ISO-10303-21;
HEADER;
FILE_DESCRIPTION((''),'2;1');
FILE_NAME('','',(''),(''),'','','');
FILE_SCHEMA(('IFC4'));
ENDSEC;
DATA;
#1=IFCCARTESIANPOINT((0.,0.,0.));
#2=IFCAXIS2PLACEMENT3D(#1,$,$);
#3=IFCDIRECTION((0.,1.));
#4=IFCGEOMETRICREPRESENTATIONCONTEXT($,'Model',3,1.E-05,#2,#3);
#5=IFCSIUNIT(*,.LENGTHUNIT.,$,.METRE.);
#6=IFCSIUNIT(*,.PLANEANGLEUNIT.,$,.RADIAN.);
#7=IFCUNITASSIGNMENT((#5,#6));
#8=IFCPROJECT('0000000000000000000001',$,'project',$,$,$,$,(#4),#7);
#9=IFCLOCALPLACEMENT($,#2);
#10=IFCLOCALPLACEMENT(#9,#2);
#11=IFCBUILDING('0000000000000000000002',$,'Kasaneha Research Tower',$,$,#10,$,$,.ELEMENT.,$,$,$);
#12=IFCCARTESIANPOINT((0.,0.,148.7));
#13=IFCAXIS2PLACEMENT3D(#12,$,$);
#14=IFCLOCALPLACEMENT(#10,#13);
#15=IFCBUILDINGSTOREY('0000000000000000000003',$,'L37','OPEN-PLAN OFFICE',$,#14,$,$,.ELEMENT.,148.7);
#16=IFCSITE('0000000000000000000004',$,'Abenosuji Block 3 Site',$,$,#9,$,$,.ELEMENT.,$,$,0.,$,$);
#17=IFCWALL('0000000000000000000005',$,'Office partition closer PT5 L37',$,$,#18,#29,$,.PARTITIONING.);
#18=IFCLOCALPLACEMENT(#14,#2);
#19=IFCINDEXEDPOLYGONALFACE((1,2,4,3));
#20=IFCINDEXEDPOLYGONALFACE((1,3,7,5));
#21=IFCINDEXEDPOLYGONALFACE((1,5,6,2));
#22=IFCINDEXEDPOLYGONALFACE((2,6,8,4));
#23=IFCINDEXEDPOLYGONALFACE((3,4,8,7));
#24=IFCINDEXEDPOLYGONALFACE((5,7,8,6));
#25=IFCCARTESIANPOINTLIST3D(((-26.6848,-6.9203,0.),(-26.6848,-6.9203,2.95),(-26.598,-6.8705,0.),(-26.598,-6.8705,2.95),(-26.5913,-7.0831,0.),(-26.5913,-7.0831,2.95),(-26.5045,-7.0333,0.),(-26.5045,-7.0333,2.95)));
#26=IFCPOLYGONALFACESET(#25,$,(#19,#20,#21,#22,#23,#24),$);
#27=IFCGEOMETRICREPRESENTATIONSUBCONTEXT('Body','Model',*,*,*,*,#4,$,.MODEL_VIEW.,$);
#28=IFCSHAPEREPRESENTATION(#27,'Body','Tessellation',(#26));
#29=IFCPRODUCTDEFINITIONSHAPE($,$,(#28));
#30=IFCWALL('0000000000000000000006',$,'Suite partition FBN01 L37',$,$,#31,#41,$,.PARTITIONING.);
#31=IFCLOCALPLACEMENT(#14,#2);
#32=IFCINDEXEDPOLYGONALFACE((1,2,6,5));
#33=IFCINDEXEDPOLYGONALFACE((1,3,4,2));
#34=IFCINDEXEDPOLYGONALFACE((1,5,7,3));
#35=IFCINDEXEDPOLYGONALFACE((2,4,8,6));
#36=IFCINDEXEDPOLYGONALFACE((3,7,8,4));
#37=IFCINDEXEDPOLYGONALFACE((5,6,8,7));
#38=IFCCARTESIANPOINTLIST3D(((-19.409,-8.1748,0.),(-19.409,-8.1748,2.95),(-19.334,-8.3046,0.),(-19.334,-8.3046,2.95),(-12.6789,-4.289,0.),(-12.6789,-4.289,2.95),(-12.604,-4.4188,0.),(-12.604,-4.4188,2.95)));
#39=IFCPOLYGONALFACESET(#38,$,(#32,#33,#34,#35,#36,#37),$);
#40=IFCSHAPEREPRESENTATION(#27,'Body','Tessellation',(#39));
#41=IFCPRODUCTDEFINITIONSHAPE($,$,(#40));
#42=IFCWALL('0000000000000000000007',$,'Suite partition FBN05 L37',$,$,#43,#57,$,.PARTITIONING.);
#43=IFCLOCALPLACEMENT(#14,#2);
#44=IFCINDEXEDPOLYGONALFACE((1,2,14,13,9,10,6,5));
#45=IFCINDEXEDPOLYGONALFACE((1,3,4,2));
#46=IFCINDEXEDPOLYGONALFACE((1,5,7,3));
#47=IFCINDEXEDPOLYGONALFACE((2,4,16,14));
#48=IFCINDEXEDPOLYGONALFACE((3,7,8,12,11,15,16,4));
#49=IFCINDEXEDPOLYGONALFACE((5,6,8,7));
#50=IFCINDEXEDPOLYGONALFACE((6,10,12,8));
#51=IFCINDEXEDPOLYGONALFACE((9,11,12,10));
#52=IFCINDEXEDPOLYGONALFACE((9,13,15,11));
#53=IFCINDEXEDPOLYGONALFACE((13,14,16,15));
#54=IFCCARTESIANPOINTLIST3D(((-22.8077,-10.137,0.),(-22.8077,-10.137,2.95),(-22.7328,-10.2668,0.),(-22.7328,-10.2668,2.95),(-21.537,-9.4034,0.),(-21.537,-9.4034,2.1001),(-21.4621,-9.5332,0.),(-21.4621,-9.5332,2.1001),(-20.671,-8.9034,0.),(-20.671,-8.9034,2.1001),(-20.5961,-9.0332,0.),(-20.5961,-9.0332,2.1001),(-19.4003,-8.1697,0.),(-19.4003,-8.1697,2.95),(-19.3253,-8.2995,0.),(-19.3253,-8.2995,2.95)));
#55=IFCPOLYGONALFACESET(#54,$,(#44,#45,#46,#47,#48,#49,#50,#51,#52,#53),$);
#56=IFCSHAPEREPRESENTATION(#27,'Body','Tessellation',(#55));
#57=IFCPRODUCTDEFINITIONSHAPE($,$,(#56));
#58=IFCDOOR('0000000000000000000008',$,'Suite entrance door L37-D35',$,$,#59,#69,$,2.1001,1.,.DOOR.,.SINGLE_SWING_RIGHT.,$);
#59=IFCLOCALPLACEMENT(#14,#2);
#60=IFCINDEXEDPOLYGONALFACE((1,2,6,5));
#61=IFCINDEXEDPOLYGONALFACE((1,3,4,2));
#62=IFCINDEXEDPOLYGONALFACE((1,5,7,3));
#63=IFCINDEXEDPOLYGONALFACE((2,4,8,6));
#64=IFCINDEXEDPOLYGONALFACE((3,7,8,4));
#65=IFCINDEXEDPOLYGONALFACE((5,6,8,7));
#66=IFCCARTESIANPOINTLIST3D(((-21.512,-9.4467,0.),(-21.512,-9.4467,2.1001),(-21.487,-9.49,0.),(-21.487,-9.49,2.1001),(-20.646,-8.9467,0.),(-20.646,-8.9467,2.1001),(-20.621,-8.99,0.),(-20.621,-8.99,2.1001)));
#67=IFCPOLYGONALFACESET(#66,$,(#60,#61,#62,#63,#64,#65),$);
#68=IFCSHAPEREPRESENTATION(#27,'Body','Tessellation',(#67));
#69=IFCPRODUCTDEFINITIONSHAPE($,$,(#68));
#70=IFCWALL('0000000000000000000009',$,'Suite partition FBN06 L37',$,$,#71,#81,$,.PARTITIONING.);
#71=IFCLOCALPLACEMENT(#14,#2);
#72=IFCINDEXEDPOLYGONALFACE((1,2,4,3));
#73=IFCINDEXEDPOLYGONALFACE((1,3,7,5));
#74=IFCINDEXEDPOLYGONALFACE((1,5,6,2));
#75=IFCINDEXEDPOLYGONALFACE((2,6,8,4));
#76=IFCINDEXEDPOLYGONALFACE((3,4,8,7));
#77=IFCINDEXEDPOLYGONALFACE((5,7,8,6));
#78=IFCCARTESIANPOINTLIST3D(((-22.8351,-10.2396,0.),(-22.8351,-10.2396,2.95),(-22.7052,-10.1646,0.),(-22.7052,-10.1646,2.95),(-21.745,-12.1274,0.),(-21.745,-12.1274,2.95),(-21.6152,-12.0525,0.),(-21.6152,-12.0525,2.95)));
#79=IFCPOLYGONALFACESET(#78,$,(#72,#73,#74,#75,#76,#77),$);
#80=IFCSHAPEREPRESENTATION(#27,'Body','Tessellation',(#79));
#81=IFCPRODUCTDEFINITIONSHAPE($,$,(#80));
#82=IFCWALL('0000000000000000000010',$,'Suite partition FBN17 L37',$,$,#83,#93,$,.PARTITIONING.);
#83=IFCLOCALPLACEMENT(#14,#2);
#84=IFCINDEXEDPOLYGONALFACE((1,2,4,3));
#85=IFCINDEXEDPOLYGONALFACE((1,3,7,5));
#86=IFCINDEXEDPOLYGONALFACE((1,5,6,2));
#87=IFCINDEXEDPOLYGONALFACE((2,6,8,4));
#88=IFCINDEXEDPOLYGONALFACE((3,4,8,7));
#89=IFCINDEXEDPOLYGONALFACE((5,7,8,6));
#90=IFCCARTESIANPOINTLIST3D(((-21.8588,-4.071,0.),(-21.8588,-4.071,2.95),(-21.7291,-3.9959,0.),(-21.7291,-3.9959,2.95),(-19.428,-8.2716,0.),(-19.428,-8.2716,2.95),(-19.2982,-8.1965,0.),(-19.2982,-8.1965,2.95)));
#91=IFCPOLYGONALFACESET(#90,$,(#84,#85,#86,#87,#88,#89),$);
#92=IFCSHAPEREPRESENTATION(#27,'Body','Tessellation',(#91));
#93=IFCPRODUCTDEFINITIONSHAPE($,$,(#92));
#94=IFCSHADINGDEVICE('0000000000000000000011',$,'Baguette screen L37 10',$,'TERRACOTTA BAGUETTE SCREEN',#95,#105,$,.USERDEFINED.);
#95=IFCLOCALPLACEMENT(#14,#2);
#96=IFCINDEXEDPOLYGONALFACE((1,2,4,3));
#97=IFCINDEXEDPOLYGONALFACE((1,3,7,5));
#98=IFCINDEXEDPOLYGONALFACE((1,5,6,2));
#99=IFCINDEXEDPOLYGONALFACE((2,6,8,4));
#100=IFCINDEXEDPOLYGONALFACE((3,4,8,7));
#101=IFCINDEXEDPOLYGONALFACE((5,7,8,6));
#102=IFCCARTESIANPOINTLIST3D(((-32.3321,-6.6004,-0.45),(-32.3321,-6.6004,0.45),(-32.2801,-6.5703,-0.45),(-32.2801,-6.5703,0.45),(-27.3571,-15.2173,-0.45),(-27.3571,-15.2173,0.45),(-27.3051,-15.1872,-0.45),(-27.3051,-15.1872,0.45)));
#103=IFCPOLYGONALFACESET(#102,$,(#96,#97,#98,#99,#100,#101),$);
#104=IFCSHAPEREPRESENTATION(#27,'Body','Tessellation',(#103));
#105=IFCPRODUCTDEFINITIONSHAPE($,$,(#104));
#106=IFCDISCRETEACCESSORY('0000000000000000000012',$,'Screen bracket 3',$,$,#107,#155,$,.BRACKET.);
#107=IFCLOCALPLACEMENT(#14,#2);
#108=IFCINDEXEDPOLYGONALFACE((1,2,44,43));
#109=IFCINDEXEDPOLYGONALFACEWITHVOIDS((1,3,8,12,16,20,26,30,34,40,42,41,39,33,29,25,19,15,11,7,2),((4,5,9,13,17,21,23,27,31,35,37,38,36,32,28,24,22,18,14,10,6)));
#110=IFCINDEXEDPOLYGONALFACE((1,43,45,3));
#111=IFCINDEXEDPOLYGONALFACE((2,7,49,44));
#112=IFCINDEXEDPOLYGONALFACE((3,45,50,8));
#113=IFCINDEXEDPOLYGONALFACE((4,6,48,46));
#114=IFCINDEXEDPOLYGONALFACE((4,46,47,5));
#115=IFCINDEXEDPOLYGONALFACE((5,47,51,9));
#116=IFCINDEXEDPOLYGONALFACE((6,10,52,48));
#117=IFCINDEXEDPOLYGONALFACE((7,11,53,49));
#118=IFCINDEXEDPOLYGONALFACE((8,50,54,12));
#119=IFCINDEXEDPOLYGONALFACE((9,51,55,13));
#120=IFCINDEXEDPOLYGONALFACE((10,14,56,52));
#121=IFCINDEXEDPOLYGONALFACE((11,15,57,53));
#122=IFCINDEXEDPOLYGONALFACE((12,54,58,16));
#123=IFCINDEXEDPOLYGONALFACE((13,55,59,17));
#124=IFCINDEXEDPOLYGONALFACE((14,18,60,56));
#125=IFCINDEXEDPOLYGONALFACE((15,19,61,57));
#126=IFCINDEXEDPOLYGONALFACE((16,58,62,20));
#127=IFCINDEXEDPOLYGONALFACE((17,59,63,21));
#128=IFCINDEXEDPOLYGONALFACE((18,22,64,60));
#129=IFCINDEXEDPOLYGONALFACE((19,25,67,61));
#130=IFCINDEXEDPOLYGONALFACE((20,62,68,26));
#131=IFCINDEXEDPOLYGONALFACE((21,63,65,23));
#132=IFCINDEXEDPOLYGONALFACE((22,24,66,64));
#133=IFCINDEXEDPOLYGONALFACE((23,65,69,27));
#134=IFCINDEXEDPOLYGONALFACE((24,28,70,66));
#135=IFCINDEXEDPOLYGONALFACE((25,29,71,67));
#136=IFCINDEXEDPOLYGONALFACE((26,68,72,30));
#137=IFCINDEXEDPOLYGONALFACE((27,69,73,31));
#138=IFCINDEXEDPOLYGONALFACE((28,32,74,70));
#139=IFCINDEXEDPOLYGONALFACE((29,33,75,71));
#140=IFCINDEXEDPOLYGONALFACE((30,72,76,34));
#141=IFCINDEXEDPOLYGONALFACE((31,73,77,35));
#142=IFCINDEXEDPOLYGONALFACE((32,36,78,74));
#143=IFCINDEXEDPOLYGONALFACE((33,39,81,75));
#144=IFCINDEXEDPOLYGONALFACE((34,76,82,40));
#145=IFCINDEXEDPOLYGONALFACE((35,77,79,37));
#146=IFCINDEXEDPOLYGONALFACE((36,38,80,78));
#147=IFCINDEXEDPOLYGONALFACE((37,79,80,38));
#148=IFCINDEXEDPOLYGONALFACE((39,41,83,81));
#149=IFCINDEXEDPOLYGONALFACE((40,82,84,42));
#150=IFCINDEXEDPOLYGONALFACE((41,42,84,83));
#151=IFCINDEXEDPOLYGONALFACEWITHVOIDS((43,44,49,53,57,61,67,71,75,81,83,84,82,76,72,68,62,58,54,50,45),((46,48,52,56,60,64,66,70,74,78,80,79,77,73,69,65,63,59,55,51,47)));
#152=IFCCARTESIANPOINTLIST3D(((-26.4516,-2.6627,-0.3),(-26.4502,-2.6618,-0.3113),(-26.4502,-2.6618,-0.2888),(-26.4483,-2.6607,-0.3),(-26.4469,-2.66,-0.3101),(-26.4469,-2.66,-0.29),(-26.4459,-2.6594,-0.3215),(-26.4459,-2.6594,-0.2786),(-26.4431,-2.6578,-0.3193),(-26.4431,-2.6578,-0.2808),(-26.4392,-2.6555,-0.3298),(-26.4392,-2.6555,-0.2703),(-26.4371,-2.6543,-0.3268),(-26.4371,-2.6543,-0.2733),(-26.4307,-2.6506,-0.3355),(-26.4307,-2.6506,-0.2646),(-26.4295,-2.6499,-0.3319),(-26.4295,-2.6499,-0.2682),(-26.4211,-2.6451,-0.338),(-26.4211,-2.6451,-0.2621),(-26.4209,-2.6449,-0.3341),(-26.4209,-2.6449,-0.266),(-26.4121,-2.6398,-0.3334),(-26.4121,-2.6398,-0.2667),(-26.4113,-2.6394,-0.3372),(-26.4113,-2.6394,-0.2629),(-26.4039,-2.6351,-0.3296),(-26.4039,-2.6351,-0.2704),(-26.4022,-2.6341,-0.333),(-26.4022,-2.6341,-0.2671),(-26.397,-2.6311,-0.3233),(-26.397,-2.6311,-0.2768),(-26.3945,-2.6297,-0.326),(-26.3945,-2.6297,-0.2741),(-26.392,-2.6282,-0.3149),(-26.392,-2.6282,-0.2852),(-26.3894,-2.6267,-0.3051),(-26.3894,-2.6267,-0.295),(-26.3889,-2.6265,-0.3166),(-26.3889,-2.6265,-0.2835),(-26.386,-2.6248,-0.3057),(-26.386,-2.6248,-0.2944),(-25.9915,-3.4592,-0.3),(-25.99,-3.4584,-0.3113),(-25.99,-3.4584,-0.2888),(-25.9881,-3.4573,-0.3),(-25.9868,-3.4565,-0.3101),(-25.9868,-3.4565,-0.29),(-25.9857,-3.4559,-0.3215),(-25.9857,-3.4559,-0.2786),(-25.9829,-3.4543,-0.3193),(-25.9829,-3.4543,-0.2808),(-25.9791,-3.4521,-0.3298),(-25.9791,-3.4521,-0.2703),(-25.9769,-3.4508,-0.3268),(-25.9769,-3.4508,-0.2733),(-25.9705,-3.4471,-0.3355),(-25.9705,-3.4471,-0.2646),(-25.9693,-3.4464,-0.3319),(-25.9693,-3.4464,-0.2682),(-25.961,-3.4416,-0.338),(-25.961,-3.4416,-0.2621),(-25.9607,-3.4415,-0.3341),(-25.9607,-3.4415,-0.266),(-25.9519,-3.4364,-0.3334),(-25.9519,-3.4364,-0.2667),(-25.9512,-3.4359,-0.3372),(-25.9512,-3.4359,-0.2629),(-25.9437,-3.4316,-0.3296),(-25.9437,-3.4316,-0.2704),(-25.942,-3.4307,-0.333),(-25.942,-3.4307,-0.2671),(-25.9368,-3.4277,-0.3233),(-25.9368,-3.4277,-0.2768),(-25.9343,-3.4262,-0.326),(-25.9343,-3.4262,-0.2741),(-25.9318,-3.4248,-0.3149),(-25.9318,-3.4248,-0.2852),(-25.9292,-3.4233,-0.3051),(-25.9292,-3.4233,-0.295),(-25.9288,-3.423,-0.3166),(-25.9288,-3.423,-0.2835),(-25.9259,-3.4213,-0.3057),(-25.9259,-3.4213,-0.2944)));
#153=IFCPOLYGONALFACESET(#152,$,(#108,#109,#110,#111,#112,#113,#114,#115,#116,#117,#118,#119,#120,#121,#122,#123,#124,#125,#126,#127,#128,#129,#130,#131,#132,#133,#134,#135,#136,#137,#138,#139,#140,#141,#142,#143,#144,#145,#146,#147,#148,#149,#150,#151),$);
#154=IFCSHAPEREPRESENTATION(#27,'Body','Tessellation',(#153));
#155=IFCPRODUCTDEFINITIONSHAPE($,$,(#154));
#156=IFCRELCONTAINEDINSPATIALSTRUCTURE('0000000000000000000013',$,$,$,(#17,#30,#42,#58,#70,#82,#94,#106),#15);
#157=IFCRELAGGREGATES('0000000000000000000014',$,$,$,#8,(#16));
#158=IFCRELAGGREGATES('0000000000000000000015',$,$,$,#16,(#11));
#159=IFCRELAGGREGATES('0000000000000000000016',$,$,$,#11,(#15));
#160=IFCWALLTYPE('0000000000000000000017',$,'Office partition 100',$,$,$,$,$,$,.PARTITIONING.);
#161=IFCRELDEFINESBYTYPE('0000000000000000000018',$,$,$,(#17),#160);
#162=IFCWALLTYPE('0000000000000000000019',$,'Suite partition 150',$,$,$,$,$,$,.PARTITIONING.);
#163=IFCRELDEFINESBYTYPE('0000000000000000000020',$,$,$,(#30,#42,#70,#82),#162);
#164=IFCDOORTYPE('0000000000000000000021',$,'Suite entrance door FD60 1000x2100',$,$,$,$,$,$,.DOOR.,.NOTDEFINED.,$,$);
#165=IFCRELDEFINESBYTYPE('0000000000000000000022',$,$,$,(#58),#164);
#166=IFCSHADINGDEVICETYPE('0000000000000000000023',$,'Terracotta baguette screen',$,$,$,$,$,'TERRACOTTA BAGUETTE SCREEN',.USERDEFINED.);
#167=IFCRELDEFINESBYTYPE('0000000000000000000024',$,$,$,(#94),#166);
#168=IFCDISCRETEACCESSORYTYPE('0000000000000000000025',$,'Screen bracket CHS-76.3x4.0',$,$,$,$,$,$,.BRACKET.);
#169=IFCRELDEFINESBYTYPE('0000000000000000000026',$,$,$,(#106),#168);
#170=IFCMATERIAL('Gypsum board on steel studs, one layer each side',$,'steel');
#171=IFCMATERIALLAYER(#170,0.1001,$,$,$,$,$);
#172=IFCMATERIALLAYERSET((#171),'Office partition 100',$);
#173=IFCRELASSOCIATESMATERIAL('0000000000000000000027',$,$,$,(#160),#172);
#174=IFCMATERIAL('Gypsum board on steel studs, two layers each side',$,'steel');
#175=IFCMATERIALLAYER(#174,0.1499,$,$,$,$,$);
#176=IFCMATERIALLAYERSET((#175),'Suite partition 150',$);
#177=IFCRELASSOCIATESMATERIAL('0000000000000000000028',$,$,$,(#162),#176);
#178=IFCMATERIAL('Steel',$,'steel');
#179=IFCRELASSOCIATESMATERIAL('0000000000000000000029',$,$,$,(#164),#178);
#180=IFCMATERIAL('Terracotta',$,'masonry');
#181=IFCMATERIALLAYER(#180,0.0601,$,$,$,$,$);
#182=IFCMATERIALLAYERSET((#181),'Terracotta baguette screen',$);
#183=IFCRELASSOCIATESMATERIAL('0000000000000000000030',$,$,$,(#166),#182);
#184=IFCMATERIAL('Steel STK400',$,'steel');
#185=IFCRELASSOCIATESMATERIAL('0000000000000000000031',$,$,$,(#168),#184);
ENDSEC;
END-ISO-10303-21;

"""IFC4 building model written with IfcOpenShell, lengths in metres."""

from ifc_helpers import new_model, si_unit, direction, frame, frame_2d, origin, origin_2d, place, context, subcontext, project, spatial, rectangle, hollow_circle, extrude, material, layer, layer_set, material_profile, profile_set, type_object, element, fill, save


model = new_model("IFC4")

# Units and contexts
model_context = context("Model", 3, precision=1e-05, world=origin(), true_north=direction((0.0, 1.0)))
body_context = subcontext(model_context, "Body", "Model", "MODEL_VIEW")
ifc_project = project(units=[si_unit("LENGTHUNIT", "METRE"), si_unit("PLANEANGLEUNIT", "RADIAN")], contexts=[model_context])

# Site, building, storey
site_placement = place(None, origin())
site = spatial("IfcSite", under=ifc_project, at=site_placement, Name="Abenosuji Block 3 Site", CompositionType="ELEMENT", RefElevation=0.0)
building_placement = place(site_placement, origin())
building = spatial("IfcBuilding", under=site, at=building_placement, Name="Kasaneha Research Tower", CompositionType="ELEMENT")
storey_placement = place(building_placement, frame((0.0, 0.0, 148.7)))
storey = spatial("IfcBuildingStorey", under=building, at=storey_placement, Name="L37", Description="OPEN-PLAN OFFICE", CompositionType="ELEMENT", Elevation=148.7)

# Shared definitions
ifc_material_1 = material(Name="Gypsum board on steel studs, one layer each side", Category="steel")
ifc_layer_1 = layer(ifc_material_1, 0.1001)
ifc_layer_set_1 = layer_set([ifc_layer_1], Name="Office partition 100")
wall_type_1 = type_object("IfcWallType", Name="Office partition 100", PredefinedType="PARTITIONING", material=ifc_layer_set_1)

# Walls
wall_1_placement = place(storey_placement, frame((-26.6414, -6.8955, 0.0), z_axis=(0.0, 0.0, 1.0), x_axis=(0.497958, -0.867201, 0.0)))
element("IfcWall", 1, at=wall_1_placement, inside=storey, type_object=wall_type_1, Name="Office partition closer PT5 L37", PredefinedType="PARTITIONING", context=body_context, shape_type="SweptSolid", body=[
    extrude(rectangle(XDim=0.1877, YDim=0.1001, at=frame_2d((0.0938, 0.0))), origin(), (0.0, 0.0, 1.0), 2.95),
])
ifc_material_2 = material(Name="Gypsum board on steel studs, two layers each side", Category="steel")
ifc_layer_2 = layer(ifc_material_2, 0.1499)
ifc_layer_set_2 = layer_set([ifc_layer_2], Name="Suite partition 150")
wall_type_2 = type_object("IfcWallType", Name="Suite partition 150", PredefinedType="PARTITIONING", material=ifc_layer_set_2)
wall_2_placement = place(storey_placement, frame((-19.3716, -8.2397, 0.0), z_axis=(0.0, 0.0, 1.0), x_axis=(0.866015, 0.500018, 0.0)))
element("IfcWall", 2, at=wall_2_placement, inside=storey, type_object=wall_type_2, Name="Suite partition FBN01 L37", PredefinedType="PARTITIONING", context=body_context, shape_type="SweptSolid", body=[
    extrude(rectangle(XDim=7.7712, YDim=0.1499, at=frame_2d((3.8857, 0.0))), origin(), (0.0, 0.0, 1.0), 2.95),
])

# Wall, opening, door
wall_3_placement = place(storey_placement, frame((-22.7703, -10.2019, 0.0), z_axis=(0.0, 0.0, 1.0), x_axis=(0.866027, 0.499996, 0.0)))
wall_3 = element("IfcWall", 3, at=wall_3_placement, inside=storey, type_object=wall_type_2, Name="Suite partition FBN05 L37", PredefinedType="PARTITIONING", context=body_context, shape_type="SweptSolid", body=[
    extrude(rectangle(XDim=3.9346, YDim=0.1499, at=frame_2d((1.9673, 0.0))), origin(), (0.0, 0.0, 1.0), 2.95),
])
opening_1_placement = place(wall_3_placement, frame((1.4673, 0.0, 0.0)))
opening_1 = element("IfcOpeningElement", 4, at=opening_1_placement, cuts=wall_3, PredefinedType="OPENING", context=body_context, shape_type="SweptSolid", body=[
    extrude(rectangle(XDim=1.0, YDim=2.1001, at=frame_2d((0.5, 1.05))), frame((0.0, 0.085, 0.0), z_axis=(0.0, -1.0, 0.0), x_axis=(1.0, 0.0, 0.0)), (0.0, 0.0, 1.0), 0.1699),
])
ifc_material_3 = material(Name="Steel", Category="steel")
door_type_1 = type_object("IfcDoorType", Name="Suite entrance door FD60 1000x2100", OperationType="NOTDEFINED", PredefinedType="DOOR", material=ifc_material_3)
door_1_placement = place(opening_1_placement, origin())
door_1 = element("IfcDoor", 5, at=door_1_placement, inside=storey, type_object=door_type_1, Name="Suite entrance door L37-D35", OperationType="SINGLE_SWING_RIGHT", OverallHeight=2.1001, OverallWidth=1.0, PredefinedType="DOOR", context=body_context, shape_type="SweptSolid", body=[
    extrude(rectangle(XDim=1.0, YDim=2.1001, at=frame_2d((0.5, 1.05))), frame((0.0, 0.0249, 0.0), z_axis=(0.0, -1.0, 0.0), x_axis=(1.0, 0.0, 0.0)), (0.0, 0.0, 1.0), 0.05),
])
fill(opening_1, door_1)

# Walls
wall_4_placement = place(storey_placement, frame((-21.6802, -12.0898, 0.0), z_axis=(0.0, 0.0, 1.0), x_axis=(-0.500029, 0.866008, 0.0)))
element("IfcWall", 6, at=wall_4_placement, inside=storey, type_object=wall_type_2, Name="Suite partition FBN06 L37", PredefinedType="PARTITIONING", context=body_context, shape_type="SweptSolid", body=[
    extrude(rectangle(XDim=2.1799, YDim=0.1499, at=frame_2d((1.0898, 0.0))), origin(), (0.0, 0.0, 1.0), 2.95),
])
wall_5_placement = place(storey_placement, frame((-19.363, -8.2341, 0.0), z_axis=(0.0, 0.0, 1.0), x_axis=(-0.500872, 0.865522, 0.0)))
element("IfcWall", 7, at=wall_5_placement, inside=storey, type_object=wall_type_2, Name="Suite partition FBN17 L37", PredefinedType="PARTITIONING", context=body_context, shape_type="SweptSolid", body=[
    extrude(rectangle(XDim=4.8533, YDim=0.1499, at=frame_2d((2.4268, 0.0))), origin(), (0.0, 0.0, 1.0), 2.95),
])

# Shading device
ifc_material_4 = material(Name="Terracotta", Category="masonry")
ifc_layer_3 = layer(ifc_material_4, 0.0601)
ifc_layer_set_3 = layer_set([ifc_layer_3], Name="Terracotta baguette screen")
shading_device_type = type_object("IfcShadingDeviceType", Name="Terracotta baguette screen", ElementType="TERRACOTTA BAGUETTE SCREEN", PredefinedType="USERDEFINED", material=ifc_layer_set_3)
shading_device_placement = place(storey_placement, frame((-29.8186, -10.8938, -0.45), z_axis=(0.0, 0.0, 1.0), x_axis=(0.5, -0.866025, 0.0)))
element("IfcShadingDevice", 8, at=shading_device_placement, inside=storey, type_object=shading_device_type, Name="Baguette screen L37 10", ObjectType="TERRACOTTA BAGUETTE SCREEN", PredefinedType="USERDEFINED", context=body_context, shape_type="SweptSolid", body=[
    extrude(rectangle(XDim=9.95, YDim=0.0601, at=origin_2d()), origin(), (0.0, 0.0, 1.0), 0.8999),
])

# Discrete accessory
ifc_material_5 = material(Name="Steel STK400", Category="steel")
ifc_material_profile_1 = material_profile(ifc_material_5, hollow_circle(Radius=0.0381, WallThickness=0.0039, at=origin_2d()), Name="CHS-76.3x4.0")
ifc_profile_set_1 = profile_set([ifc_material_profile_1], Name="Steel STK400")
discrete_accessory_type = type_object("IfcDiscreteAccessoryType", Name="Screen bracket CHS-76.3x4.0", PredefinedType="BRACKET", material=ifc_profile_set_1)
discrete_accessory_1_placement = place(storey_placement, frame((-25.9585, -3.4402, -0.3), z_axis=(-0.50022, 0.865898, 0.0), x_axis=(-0.865898, -0.50022, 0.0)))
element("IfcDiscreteAccessory", 9, at=discrete_accessory_1_placement, inside=storey, type_object=discrete_accessory_type, Name="Screen bracket 3", PredefinedType="BRACKET", context=body_context, shape_type="SweptSolid", body=[
    extrude(hollow_circle(Radius=0.0381, WallThickness=0.0039, at=origin_2d()), origin(), (0.0, 0.0, 1.0), 0.9199),
])

save(model, "model.ifc")
